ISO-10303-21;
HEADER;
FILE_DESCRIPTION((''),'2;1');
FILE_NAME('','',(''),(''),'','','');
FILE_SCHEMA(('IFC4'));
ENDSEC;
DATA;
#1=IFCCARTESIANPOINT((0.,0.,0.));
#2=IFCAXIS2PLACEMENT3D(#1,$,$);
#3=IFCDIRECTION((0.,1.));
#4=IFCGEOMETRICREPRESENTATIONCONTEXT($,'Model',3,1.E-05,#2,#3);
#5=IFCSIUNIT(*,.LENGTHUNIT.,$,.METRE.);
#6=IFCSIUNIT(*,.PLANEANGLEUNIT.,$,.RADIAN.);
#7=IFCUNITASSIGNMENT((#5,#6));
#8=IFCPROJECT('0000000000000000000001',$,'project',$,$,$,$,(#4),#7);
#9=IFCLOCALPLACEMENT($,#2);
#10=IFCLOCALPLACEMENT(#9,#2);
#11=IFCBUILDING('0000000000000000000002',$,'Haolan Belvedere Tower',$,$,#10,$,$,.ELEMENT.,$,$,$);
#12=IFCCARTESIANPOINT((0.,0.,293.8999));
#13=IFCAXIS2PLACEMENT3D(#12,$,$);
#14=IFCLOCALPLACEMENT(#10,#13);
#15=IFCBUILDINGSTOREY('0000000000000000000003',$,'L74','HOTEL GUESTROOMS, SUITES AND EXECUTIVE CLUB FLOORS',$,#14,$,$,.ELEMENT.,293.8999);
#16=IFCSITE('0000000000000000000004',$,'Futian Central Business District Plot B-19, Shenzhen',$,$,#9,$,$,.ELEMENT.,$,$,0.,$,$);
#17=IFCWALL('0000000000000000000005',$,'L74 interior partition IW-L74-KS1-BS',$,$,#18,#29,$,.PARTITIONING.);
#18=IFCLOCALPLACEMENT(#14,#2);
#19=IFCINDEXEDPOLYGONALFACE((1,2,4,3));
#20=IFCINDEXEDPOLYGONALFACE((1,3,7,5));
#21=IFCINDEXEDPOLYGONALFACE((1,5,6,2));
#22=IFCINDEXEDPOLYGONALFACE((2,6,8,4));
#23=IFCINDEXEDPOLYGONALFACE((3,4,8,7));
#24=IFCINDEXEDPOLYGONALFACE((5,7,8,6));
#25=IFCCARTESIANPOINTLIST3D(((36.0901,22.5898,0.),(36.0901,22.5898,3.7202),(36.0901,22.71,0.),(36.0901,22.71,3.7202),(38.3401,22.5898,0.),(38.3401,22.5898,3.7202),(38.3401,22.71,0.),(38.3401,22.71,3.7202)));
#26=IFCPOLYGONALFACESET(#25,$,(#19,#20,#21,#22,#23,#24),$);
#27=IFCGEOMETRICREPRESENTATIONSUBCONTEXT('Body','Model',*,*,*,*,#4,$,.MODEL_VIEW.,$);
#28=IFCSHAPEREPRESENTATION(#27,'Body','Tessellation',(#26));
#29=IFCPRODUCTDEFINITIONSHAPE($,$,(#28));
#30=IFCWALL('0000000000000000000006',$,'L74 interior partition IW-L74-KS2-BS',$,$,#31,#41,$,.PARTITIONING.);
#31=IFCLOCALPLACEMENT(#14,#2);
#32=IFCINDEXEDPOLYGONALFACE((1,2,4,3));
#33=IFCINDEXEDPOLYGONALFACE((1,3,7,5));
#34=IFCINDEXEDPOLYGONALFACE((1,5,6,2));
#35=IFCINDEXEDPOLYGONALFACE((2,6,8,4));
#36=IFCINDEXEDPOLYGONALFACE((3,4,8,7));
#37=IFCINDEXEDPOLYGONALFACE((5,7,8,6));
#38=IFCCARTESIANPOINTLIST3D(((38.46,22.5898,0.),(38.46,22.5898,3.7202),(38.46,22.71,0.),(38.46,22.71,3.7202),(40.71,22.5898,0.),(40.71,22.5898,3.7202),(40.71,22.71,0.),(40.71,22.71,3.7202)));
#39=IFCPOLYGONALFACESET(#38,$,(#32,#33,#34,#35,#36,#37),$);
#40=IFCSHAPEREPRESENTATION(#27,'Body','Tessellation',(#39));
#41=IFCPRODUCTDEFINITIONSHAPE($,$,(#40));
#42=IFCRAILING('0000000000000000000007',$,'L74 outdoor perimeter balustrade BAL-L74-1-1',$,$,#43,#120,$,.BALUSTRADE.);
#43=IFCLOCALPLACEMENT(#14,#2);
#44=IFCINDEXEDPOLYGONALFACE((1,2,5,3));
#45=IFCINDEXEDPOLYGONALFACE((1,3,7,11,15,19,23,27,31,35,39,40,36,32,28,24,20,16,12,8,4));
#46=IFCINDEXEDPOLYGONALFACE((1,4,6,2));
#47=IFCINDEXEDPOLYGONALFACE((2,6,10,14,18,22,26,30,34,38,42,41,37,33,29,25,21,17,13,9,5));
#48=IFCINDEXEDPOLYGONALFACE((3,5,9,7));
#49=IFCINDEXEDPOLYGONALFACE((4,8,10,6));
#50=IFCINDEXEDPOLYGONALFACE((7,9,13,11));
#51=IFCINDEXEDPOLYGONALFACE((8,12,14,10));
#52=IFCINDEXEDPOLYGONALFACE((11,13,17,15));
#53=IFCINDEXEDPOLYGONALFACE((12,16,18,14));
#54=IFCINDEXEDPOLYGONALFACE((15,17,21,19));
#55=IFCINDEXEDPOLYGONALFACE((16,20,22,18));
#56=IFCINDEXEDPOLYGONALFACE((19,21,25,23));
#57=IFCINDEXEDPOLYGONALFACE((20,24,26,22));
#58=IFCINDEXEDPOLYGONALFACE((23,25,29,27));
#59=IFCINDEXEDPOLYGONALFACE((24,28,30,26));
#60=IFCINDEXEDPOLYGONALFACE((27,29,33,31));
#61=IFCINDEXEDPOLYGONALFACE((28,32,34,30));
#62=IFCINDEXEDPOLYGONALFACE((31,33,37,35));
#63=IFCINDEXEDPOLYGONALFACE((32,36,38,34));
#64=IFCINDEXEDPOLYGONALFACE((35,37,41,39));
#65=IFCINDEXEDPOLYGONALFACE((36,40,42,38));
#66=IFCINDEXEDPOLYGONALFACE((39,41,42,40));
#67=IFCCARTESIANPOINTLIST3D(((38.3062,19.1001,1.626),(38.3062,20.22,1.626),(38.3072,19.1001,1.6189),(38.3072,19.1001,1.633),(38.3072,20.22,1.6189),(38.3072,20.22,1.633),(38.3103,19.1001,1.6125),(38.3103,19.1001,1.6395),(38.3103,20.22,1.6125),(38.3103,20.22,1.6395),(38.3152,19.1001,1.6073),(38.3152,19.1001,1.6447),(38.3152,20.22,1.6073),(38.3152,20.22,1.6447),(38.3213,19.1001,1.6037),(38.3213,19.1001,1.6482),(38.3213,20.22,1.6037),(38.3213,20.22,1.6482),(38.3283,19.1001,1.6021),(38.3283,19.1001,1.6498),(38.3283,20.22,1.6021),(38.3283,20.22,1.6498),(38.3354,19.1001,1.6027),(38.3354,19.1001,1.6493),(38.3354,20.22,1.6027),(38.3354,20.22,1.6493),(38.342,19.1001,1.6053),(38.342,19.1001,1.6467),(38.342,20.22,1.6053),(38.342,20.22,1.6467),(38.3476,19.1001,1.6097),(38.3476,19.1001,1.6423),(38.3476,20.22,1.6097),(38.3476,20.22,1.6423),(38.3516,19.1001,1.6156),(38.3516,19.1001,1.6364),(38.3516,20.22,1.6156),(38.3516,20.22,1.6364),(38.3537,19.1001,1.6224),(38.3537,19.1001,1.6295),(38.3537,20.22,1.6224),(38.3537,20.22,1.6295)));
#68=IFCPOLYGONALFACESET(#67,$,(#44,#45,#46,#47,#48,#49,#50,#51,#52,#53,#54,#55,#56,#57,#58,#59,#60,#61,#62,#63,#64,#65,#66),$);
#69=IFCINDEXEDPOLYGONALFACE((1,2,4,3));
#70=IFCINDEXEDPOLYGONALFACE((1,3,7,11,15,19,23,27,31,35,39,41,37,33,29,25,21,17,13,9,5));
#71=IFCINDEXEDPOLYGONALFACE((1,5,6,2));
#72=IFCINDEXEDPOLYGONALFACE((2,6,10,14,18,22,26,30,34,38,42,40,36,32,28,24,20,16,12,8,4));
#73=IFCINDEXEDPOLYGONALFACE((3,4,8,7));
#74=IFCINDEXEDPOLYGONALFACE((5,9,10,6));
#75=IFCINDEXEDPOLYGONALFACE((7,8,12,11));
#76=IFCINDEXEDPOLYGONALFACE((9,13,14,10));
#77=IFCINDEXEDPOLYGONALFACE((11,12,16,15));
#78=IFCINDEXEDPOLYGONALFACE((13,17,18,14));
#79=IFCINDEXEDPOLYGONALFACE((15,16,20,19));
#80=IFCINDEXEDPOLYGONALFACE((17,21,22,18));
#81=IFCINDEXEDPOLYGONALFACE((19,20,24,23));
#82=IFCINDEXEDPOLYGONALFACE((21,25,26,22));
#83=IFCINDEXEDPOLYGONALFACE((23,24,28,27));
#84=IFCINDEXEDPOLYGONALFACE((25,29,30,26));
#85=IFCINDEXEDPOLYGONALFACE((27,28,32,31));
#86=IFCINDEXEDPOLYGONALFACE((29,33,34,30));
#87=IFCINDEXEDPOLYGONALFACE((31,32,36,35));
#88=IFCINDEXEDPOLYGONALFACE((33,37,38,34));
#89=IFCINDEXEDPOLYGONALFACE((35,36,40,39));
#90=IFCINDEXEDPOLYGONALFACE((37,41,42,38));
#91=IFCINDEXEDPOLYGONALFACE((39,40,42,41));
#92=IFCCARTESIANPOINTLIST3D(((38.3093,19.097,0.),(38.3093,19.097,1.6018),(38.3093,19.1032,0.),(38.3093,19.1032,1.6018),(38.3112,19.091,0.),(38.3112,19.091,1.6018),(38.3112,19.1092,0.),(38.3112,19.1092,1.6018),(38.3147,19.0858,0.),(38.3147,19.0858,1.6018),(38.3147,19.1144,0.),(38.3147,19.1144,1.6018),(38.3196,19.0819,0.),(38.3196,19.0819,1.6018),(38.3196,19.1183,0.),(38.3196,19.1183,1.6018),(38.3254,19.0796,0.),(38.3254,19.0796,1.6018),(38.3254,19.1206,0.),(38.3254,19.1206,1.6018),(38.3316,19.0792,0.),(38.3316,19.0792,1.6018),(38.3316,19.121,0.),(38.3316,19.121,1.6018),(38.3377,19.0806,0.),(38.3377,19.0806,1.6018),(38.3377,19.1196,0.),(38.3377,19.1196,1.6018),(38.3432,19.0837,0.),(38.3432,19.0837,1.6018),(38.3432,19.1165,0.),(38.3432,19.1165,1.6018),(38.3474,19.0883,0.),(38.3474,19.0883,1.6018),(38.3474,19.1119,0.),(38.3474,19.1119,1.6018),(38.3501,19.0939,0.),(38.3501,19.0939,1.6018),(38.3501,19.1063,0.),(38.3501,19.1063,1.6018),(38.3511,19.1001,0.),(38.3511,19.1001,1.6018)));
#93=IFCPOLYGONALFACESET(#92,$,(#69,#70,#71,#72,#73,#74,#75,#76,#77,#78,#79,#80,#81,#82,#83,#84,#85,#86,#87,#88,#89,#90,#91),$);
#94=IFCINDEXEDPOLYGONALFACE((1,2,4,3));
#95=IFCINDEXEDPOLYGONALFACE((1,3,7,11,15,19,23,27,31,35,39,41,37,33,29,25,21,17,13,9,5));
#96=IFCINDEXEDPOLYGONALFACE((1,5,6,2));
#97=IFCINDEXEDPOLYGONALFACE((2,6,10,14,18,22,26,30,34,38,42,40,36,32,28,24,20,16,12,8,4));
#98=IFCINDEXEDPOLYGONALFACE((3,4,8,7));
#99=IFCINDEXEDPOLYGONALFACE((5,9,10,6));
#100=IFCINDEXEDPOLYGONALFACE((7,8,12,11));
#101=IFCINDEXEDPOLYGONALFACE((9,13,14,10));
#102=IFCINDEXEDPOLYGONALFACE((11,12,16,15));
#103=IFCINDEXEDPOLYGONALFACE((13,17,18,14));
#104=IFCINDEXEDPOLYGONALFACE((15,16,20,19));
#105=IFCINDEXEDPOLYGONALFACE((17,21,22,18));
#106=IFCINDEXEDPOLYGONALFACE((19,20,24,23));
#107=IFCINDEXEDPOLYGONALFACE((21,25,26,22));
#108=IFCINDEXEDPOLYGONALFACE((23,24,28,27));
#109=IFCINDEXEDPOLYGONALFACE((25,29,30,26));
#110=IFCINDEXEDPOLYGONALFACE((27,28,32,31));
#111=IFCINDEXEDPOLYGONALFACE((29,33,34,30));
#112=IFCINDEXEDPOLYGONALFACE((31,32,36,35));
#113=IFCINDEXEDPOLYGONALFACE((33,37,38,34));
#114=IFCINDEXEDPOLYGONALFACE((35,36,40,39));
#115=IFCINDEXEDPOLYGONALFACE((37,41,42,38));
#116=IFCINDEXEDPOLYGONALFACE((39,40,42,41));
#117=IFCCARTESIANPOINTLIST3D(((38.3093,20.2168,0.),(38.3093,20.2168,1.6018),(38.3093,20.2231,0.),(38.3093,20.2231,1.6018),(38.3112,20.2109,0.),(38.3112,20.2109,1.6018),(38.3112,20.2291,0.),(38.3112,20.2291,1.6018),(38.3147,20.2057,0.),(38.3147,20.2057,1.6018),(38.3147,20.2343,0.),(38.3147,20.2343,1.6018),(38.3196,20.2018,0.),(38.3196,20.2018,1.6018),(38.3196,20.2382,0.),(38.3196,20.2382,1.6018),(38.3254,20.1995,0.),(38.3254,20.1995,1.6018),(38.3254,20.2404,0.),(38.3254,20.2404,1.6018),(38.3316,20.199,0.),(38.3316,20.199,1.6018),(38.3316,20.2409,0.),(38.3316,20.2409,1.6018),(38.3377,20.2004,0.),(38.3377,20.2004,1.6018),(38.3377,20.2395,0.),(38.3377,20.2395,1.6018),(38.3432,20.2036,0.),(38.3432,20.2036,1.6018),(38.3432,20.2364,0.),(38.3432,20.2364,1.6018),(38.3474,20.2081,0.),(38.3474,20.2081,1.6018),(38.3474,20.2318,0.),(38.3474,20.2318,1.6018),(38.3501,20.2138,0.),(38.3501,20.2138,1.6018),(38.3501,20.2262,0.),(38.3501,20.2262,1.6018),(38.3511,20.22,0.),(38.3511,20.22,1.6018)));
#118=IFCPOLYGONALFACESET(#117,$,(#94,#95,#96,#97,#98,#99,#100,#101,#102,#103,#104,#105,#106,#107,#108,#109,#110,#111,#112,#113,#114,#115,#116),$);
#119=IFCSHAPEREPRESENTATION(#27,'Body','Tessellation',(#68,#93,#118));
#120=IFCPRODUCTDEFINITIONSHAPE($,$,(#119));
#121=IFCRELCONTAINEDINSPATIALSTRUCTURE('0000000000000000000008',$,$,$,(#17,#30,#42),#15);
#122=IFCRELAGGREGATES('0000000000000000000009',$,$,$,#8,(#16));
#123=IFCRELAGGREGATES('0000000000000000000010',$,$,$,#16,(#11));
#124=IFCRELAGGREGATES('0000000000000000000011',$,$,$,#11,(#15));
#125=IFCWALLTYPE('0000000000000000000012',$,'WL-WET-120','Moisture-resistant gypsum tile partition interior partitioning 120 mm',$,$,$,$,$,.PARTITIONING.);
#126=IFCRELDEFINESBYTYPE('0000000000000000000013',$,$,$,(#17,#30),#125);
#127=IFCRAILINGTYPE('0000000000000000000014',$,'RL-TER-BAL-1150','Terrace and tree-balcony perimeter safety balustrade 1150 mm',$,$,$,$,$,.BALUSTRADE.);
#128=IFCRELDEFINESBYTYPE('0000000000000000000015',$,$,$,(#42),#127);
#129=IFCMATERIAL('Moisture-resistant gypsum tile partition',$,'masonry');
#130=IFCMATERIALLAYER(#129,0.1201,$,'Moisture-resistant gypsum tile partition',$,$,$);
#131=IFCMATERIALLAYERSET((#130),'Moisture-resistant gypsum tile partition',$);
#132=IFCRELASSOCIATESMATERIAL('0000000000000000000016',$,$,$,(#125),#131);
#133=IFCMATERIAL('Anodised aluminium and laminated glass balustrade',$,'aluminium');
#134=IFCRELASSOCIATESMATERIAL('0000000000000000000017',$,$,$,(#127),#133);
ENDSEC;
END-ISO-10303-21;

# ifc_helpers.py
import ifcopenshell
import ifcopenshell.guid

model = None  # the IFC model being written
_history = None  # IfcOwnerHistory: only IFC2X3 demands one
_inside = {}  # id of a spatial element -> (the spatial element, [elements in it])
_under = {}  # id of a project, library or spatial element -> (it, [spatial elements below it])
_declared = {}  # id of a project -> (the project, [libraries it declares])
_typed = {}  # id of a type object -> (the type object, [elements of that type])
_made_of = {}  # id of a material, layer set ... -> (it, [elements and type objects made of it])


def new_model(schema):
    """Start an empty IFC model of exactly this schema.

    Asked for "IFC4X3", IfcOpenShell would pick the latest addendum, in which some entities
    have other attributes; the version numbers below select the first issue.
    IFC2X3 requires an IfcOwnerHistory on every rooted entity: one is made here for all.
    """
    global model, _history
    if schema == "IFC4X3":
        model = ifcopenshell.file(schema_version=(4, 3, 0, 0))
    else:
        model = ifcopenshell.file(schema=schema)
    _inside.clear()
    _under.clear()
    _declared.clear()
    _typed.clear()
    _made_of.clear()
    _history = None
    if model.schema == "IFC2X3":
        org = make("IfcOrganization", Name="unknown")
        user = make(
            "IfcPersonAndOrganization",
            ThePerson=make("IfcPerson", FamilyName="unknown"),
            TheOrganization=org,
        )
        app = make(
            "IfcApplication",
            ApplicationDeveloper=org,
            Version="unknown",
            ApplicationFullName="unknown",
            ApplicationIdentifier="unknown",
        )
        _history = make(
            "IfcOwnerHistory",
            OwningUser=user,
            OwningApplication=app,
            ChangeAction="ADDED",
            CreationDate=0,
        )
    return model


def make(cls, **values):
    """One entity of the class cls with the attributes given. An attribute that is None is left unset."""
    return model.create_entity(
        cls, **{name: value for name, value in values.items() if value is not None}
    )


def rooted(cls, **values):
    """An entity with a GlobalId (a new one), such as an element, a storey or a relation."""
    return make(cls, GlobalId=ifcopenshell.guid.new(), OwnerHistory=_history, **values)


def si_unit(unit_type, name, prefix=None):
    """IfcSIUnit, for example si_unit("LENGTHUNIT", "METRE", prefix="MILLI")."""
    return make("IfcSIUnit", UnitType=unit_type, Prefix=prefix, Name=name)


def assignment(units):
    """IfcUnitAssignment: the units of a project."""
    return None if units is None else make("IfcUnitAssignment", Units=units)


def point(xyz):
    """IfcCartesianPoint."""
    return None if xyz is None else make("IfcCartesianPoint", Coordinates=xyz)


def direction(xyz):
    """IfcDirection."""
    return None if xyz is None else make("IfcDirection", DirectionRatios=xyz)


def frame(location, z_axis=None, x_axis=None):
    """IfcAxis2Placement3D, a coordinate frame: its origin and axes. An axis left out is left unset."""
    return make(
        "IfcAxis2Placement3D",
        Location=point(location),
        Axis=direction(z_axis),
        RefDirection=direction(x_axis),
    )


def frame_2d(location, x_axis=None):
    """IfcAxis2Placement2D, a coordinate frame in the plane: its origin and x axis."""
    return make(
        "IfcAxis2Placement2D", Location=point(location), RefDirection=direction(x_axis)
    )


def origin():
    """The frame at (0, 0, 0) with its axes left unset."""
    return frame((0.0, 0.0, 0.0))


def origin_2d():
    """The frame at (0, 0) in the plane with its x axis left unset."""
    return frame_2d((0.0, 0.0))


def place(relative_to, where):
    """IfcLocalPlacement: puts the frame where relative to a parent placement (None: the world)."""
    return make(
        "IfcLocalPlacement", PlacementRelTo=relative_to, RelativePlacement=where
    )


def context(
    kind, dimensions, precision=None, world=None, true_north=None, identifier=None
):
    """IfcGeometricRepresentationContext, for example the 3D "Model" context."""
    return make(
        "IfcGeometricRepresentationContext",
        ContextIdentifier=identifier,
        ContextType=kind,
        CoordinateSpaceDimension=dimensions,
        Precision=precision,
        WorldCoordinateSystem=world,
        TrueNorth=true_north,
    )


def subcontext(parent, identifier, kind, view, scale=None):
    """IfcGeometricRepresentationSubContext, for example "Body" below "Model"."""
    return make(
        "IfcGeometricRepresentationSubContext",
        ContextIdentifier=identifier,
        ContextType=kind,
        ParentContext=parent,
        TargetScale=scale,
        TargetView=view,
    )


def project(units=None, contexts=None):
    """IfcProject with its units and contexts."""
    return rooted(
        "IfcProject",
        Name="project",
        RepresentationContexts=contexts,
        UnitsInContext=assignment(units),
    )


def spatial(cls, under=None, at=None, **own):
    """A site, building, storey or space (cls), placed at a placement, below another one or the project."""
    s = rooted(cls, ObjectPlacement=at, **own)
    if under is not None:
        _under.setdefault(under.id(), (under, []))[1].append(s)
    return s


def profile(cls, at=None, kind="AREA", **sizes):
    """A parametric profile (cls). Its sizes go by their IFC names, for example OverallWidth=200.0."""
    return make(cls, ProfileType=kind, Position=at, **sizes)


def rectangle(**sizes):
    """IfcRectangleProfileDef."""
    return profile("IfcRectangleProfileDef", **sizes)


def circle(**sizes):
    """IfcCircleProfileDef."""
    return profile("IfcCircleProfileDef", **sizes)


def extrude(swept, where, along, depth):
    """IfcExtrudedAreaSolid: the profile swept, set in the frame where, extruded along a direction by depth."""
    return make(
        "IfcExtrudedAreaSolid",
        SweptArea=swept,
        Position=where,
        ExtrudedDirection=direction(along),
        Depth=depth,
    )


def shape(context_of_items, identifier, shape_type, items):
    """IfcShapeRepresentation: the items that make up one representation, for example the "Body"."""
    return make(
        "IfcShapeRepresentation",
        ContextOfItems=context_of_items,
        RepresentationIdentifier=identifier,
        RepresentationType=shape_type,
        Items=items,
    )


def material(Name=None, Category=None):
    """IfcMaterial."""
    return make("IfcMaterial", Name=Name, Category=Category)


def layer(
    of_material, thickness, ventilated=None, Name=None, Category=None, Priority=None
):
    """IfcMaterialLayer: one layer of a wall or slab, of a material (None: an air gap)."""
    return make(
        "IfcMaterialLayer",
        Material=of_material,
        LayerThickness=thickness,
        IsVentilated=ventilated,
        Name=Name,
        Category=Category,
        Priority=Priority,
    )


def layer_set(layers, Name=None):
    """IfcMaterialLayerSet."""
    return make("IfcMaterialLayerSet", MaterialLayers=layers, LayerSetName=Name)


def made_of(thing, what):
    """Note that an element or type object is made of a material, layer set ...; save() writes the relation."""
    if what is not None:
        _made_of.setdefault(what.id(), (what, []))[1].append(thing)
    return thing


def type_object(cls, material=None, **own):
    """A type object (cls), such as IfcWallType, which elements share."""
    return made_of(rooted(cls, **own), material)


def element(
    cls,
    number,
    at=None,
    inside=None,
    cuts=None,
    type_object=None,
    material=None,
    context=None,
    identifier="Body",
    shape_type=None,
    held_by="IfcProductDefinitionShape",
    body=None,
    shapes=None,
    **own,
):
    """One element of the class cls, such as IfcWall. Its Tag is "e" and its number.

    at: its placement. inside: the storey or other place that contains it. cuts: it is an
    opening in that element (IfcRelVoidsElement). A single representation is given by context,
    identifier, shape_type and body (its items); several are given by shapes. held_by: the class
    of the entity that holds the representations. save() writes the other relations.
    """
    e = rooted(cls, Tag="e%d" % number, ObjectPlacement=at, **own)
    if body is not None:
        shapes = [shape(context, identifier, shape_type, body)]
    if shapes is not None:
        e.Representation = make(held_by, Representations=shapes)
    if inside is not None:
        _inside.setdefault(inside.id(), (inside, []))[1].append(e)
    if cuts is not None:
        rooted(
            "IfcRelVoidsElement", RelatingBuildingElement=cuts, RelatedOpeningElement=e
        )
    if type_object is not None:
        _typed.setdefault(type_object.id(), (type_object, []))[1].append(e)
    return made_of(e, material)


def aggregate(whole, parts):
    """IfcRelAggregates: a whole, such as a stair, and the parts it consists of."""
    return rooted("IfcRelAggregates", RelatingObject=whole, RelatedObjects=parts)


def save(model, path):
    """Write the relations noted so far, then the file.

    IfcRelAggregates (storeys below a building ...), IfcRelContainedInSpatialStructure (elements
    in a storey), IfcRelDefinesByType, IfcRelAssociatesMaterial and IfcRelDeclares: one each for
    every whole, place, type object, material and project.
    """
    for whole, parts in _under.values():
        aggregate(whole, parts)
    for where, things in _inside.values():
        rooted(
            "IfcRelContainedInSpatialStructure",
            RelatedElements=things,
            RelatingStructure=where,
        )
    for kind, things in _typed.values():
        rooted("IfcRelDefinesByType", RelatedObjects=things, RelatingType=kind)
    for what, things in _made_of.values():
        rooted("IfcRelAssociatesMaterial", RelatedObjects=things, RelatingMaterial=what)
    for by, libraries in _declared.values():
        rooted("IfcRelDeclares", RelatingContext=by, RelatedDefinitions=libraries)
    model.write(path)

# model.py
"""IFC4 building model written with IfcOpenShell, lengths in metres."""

from ifc_helpers import new_model, si_unit, direction, frame, frame_2d, origin, origin_2d, place, context, subcontext, project, spatial, rectangle, circle, extrude, material, layer, layer_set, type_object, element, save


model = new_model("IFC4")

# Units and contexts
model_context = context("Model", 3, precision=1e-05, world=origin(), true_north=direction((0.0, 1.0)))
body_context = subcontext(model_context, "Body", "Model", "MODEL_VIEW")
ifc_project = project(units=[si_unit("LENGTHUNIT", "METRE"), si_unit("PLANEANGLEUNIT", "RADIAN")], contexts=[model_context])

# Site, building, storey
site_placement = place(None, origin())
site = spatial("IfcSite", under=ifc_project, at=site_placement, Name="Futian Central Business District Plot B-19, Shenzhen", CompositionType="ELEMENT", RefElevation=0.0)
building_placement = place(site_placement, origin())
building = spatial("IfcBuilding", under=site, at=building_placement, Name="Haolan Belvedere Tower", CompositionType="ELEMENT")
storey_placement = place(building_placement, frame((0.0, 0.0, 293.8999)))
storey = spatial("IfcBuildingStorey", under=building, at=storey_placement, Name="L74", Description="HOTEL GUESTROOMS, SUITES AND EXECUTIVE CLUB FLOORS", CompositionType="ELEMENT", Elevation=293.8999)

# Walls
ifc_material_1 = material(Name="Moisture-resistant gypsum tile partition", Category="masonry")
ifc_layer_1 = layer(ifc_material_1, 0.1201, Name="Moisture-resistant gypsum tile partition")
ifc_layer_set_1 = layer_set([ifc_layer_1], Name="Moisture-resistant gypsum tile partition")
wall_type_1 = type_object("IfcWallType", Name="WL-WET-120", Description="Moisture-resistant gypsum tile partition interior partitioning 120 mm", PredefinedType="PARTITIONING", material=ifc_layer_set_1)
for number, where, z_axis, x_axis, name in (
    (1, (36.0901, 22.6499, 0.0), (0.0, 0.0, 1.0), (1.0, 0.0, 0.0), "L74 interior partition IW-L74-KS1-BS"),
    (2, (38.46, 22.6499, 0.0), (0.0, 0.0, 1.0), (1.0, 0.0, 0.0), "L74 interior partition IW-L74-KS2-BS"),
):
    element("IfcWall", number, at=place(storey_placement, frame(where, z_axis=z_axis, x_axis=x_axis)), inside=storey, type_object=wall_type_1, Name=name, PredefinedType="PARTITIONING", context=body_context, shape_type="SweptSolid", body=[
        extrude(rectangle(XDim=2.25, YDim=0.1201, at=frame_2d((1.125, 0.0))), origin(), (0.0, 0.0, 1.0), 3.7202),
    ])

# Railing
ifc_material_2 = material(Name="Anodised aluminium and laminated glass balustrade", Category="aluminium")
railing_type = type_object("IfcRailingType", Name="RL-TER-BAL-1150", Description="Terrace and tree-balcony perimeter safety balustrade 1150 mm", PredefinedType="BALUSTRADE", material=ifc_material_2)
railing_placement = place(storey_placement, frame((38.3301, 19.1001, 0.0)))
element("IfcRailing", 3, at=railing_placement, inside=storey, type_object=railing_type, Name="L74 outdoor perimeter balustrade BAL-L74-1-1", PredefinedType="BALUSTRADE", context=body_context, shape_type="SweptSolid", body=[
    extrude(circle(Radius=0.0239, at=origin_2d()), frame((0.0, 0.0, 1.626), z_axis=(0.0, 1.0, 0.0), x_axis=(-1.0, 0.0, 0.0)), (0.0, 0.0, 1.0), 1.1199),
    extrude(circle(Radius=0.021, at=origin_2d()), origin(), (0.0, 0.0, 1.0), 1.6018),
    extrude(circle(Radius=0.021, at=origin_2d()), frame((0.0, 1.1199, 0.0)), (0.0, 0.0, 1.0), 1.6018),
])

save(model, "model.ifc")
